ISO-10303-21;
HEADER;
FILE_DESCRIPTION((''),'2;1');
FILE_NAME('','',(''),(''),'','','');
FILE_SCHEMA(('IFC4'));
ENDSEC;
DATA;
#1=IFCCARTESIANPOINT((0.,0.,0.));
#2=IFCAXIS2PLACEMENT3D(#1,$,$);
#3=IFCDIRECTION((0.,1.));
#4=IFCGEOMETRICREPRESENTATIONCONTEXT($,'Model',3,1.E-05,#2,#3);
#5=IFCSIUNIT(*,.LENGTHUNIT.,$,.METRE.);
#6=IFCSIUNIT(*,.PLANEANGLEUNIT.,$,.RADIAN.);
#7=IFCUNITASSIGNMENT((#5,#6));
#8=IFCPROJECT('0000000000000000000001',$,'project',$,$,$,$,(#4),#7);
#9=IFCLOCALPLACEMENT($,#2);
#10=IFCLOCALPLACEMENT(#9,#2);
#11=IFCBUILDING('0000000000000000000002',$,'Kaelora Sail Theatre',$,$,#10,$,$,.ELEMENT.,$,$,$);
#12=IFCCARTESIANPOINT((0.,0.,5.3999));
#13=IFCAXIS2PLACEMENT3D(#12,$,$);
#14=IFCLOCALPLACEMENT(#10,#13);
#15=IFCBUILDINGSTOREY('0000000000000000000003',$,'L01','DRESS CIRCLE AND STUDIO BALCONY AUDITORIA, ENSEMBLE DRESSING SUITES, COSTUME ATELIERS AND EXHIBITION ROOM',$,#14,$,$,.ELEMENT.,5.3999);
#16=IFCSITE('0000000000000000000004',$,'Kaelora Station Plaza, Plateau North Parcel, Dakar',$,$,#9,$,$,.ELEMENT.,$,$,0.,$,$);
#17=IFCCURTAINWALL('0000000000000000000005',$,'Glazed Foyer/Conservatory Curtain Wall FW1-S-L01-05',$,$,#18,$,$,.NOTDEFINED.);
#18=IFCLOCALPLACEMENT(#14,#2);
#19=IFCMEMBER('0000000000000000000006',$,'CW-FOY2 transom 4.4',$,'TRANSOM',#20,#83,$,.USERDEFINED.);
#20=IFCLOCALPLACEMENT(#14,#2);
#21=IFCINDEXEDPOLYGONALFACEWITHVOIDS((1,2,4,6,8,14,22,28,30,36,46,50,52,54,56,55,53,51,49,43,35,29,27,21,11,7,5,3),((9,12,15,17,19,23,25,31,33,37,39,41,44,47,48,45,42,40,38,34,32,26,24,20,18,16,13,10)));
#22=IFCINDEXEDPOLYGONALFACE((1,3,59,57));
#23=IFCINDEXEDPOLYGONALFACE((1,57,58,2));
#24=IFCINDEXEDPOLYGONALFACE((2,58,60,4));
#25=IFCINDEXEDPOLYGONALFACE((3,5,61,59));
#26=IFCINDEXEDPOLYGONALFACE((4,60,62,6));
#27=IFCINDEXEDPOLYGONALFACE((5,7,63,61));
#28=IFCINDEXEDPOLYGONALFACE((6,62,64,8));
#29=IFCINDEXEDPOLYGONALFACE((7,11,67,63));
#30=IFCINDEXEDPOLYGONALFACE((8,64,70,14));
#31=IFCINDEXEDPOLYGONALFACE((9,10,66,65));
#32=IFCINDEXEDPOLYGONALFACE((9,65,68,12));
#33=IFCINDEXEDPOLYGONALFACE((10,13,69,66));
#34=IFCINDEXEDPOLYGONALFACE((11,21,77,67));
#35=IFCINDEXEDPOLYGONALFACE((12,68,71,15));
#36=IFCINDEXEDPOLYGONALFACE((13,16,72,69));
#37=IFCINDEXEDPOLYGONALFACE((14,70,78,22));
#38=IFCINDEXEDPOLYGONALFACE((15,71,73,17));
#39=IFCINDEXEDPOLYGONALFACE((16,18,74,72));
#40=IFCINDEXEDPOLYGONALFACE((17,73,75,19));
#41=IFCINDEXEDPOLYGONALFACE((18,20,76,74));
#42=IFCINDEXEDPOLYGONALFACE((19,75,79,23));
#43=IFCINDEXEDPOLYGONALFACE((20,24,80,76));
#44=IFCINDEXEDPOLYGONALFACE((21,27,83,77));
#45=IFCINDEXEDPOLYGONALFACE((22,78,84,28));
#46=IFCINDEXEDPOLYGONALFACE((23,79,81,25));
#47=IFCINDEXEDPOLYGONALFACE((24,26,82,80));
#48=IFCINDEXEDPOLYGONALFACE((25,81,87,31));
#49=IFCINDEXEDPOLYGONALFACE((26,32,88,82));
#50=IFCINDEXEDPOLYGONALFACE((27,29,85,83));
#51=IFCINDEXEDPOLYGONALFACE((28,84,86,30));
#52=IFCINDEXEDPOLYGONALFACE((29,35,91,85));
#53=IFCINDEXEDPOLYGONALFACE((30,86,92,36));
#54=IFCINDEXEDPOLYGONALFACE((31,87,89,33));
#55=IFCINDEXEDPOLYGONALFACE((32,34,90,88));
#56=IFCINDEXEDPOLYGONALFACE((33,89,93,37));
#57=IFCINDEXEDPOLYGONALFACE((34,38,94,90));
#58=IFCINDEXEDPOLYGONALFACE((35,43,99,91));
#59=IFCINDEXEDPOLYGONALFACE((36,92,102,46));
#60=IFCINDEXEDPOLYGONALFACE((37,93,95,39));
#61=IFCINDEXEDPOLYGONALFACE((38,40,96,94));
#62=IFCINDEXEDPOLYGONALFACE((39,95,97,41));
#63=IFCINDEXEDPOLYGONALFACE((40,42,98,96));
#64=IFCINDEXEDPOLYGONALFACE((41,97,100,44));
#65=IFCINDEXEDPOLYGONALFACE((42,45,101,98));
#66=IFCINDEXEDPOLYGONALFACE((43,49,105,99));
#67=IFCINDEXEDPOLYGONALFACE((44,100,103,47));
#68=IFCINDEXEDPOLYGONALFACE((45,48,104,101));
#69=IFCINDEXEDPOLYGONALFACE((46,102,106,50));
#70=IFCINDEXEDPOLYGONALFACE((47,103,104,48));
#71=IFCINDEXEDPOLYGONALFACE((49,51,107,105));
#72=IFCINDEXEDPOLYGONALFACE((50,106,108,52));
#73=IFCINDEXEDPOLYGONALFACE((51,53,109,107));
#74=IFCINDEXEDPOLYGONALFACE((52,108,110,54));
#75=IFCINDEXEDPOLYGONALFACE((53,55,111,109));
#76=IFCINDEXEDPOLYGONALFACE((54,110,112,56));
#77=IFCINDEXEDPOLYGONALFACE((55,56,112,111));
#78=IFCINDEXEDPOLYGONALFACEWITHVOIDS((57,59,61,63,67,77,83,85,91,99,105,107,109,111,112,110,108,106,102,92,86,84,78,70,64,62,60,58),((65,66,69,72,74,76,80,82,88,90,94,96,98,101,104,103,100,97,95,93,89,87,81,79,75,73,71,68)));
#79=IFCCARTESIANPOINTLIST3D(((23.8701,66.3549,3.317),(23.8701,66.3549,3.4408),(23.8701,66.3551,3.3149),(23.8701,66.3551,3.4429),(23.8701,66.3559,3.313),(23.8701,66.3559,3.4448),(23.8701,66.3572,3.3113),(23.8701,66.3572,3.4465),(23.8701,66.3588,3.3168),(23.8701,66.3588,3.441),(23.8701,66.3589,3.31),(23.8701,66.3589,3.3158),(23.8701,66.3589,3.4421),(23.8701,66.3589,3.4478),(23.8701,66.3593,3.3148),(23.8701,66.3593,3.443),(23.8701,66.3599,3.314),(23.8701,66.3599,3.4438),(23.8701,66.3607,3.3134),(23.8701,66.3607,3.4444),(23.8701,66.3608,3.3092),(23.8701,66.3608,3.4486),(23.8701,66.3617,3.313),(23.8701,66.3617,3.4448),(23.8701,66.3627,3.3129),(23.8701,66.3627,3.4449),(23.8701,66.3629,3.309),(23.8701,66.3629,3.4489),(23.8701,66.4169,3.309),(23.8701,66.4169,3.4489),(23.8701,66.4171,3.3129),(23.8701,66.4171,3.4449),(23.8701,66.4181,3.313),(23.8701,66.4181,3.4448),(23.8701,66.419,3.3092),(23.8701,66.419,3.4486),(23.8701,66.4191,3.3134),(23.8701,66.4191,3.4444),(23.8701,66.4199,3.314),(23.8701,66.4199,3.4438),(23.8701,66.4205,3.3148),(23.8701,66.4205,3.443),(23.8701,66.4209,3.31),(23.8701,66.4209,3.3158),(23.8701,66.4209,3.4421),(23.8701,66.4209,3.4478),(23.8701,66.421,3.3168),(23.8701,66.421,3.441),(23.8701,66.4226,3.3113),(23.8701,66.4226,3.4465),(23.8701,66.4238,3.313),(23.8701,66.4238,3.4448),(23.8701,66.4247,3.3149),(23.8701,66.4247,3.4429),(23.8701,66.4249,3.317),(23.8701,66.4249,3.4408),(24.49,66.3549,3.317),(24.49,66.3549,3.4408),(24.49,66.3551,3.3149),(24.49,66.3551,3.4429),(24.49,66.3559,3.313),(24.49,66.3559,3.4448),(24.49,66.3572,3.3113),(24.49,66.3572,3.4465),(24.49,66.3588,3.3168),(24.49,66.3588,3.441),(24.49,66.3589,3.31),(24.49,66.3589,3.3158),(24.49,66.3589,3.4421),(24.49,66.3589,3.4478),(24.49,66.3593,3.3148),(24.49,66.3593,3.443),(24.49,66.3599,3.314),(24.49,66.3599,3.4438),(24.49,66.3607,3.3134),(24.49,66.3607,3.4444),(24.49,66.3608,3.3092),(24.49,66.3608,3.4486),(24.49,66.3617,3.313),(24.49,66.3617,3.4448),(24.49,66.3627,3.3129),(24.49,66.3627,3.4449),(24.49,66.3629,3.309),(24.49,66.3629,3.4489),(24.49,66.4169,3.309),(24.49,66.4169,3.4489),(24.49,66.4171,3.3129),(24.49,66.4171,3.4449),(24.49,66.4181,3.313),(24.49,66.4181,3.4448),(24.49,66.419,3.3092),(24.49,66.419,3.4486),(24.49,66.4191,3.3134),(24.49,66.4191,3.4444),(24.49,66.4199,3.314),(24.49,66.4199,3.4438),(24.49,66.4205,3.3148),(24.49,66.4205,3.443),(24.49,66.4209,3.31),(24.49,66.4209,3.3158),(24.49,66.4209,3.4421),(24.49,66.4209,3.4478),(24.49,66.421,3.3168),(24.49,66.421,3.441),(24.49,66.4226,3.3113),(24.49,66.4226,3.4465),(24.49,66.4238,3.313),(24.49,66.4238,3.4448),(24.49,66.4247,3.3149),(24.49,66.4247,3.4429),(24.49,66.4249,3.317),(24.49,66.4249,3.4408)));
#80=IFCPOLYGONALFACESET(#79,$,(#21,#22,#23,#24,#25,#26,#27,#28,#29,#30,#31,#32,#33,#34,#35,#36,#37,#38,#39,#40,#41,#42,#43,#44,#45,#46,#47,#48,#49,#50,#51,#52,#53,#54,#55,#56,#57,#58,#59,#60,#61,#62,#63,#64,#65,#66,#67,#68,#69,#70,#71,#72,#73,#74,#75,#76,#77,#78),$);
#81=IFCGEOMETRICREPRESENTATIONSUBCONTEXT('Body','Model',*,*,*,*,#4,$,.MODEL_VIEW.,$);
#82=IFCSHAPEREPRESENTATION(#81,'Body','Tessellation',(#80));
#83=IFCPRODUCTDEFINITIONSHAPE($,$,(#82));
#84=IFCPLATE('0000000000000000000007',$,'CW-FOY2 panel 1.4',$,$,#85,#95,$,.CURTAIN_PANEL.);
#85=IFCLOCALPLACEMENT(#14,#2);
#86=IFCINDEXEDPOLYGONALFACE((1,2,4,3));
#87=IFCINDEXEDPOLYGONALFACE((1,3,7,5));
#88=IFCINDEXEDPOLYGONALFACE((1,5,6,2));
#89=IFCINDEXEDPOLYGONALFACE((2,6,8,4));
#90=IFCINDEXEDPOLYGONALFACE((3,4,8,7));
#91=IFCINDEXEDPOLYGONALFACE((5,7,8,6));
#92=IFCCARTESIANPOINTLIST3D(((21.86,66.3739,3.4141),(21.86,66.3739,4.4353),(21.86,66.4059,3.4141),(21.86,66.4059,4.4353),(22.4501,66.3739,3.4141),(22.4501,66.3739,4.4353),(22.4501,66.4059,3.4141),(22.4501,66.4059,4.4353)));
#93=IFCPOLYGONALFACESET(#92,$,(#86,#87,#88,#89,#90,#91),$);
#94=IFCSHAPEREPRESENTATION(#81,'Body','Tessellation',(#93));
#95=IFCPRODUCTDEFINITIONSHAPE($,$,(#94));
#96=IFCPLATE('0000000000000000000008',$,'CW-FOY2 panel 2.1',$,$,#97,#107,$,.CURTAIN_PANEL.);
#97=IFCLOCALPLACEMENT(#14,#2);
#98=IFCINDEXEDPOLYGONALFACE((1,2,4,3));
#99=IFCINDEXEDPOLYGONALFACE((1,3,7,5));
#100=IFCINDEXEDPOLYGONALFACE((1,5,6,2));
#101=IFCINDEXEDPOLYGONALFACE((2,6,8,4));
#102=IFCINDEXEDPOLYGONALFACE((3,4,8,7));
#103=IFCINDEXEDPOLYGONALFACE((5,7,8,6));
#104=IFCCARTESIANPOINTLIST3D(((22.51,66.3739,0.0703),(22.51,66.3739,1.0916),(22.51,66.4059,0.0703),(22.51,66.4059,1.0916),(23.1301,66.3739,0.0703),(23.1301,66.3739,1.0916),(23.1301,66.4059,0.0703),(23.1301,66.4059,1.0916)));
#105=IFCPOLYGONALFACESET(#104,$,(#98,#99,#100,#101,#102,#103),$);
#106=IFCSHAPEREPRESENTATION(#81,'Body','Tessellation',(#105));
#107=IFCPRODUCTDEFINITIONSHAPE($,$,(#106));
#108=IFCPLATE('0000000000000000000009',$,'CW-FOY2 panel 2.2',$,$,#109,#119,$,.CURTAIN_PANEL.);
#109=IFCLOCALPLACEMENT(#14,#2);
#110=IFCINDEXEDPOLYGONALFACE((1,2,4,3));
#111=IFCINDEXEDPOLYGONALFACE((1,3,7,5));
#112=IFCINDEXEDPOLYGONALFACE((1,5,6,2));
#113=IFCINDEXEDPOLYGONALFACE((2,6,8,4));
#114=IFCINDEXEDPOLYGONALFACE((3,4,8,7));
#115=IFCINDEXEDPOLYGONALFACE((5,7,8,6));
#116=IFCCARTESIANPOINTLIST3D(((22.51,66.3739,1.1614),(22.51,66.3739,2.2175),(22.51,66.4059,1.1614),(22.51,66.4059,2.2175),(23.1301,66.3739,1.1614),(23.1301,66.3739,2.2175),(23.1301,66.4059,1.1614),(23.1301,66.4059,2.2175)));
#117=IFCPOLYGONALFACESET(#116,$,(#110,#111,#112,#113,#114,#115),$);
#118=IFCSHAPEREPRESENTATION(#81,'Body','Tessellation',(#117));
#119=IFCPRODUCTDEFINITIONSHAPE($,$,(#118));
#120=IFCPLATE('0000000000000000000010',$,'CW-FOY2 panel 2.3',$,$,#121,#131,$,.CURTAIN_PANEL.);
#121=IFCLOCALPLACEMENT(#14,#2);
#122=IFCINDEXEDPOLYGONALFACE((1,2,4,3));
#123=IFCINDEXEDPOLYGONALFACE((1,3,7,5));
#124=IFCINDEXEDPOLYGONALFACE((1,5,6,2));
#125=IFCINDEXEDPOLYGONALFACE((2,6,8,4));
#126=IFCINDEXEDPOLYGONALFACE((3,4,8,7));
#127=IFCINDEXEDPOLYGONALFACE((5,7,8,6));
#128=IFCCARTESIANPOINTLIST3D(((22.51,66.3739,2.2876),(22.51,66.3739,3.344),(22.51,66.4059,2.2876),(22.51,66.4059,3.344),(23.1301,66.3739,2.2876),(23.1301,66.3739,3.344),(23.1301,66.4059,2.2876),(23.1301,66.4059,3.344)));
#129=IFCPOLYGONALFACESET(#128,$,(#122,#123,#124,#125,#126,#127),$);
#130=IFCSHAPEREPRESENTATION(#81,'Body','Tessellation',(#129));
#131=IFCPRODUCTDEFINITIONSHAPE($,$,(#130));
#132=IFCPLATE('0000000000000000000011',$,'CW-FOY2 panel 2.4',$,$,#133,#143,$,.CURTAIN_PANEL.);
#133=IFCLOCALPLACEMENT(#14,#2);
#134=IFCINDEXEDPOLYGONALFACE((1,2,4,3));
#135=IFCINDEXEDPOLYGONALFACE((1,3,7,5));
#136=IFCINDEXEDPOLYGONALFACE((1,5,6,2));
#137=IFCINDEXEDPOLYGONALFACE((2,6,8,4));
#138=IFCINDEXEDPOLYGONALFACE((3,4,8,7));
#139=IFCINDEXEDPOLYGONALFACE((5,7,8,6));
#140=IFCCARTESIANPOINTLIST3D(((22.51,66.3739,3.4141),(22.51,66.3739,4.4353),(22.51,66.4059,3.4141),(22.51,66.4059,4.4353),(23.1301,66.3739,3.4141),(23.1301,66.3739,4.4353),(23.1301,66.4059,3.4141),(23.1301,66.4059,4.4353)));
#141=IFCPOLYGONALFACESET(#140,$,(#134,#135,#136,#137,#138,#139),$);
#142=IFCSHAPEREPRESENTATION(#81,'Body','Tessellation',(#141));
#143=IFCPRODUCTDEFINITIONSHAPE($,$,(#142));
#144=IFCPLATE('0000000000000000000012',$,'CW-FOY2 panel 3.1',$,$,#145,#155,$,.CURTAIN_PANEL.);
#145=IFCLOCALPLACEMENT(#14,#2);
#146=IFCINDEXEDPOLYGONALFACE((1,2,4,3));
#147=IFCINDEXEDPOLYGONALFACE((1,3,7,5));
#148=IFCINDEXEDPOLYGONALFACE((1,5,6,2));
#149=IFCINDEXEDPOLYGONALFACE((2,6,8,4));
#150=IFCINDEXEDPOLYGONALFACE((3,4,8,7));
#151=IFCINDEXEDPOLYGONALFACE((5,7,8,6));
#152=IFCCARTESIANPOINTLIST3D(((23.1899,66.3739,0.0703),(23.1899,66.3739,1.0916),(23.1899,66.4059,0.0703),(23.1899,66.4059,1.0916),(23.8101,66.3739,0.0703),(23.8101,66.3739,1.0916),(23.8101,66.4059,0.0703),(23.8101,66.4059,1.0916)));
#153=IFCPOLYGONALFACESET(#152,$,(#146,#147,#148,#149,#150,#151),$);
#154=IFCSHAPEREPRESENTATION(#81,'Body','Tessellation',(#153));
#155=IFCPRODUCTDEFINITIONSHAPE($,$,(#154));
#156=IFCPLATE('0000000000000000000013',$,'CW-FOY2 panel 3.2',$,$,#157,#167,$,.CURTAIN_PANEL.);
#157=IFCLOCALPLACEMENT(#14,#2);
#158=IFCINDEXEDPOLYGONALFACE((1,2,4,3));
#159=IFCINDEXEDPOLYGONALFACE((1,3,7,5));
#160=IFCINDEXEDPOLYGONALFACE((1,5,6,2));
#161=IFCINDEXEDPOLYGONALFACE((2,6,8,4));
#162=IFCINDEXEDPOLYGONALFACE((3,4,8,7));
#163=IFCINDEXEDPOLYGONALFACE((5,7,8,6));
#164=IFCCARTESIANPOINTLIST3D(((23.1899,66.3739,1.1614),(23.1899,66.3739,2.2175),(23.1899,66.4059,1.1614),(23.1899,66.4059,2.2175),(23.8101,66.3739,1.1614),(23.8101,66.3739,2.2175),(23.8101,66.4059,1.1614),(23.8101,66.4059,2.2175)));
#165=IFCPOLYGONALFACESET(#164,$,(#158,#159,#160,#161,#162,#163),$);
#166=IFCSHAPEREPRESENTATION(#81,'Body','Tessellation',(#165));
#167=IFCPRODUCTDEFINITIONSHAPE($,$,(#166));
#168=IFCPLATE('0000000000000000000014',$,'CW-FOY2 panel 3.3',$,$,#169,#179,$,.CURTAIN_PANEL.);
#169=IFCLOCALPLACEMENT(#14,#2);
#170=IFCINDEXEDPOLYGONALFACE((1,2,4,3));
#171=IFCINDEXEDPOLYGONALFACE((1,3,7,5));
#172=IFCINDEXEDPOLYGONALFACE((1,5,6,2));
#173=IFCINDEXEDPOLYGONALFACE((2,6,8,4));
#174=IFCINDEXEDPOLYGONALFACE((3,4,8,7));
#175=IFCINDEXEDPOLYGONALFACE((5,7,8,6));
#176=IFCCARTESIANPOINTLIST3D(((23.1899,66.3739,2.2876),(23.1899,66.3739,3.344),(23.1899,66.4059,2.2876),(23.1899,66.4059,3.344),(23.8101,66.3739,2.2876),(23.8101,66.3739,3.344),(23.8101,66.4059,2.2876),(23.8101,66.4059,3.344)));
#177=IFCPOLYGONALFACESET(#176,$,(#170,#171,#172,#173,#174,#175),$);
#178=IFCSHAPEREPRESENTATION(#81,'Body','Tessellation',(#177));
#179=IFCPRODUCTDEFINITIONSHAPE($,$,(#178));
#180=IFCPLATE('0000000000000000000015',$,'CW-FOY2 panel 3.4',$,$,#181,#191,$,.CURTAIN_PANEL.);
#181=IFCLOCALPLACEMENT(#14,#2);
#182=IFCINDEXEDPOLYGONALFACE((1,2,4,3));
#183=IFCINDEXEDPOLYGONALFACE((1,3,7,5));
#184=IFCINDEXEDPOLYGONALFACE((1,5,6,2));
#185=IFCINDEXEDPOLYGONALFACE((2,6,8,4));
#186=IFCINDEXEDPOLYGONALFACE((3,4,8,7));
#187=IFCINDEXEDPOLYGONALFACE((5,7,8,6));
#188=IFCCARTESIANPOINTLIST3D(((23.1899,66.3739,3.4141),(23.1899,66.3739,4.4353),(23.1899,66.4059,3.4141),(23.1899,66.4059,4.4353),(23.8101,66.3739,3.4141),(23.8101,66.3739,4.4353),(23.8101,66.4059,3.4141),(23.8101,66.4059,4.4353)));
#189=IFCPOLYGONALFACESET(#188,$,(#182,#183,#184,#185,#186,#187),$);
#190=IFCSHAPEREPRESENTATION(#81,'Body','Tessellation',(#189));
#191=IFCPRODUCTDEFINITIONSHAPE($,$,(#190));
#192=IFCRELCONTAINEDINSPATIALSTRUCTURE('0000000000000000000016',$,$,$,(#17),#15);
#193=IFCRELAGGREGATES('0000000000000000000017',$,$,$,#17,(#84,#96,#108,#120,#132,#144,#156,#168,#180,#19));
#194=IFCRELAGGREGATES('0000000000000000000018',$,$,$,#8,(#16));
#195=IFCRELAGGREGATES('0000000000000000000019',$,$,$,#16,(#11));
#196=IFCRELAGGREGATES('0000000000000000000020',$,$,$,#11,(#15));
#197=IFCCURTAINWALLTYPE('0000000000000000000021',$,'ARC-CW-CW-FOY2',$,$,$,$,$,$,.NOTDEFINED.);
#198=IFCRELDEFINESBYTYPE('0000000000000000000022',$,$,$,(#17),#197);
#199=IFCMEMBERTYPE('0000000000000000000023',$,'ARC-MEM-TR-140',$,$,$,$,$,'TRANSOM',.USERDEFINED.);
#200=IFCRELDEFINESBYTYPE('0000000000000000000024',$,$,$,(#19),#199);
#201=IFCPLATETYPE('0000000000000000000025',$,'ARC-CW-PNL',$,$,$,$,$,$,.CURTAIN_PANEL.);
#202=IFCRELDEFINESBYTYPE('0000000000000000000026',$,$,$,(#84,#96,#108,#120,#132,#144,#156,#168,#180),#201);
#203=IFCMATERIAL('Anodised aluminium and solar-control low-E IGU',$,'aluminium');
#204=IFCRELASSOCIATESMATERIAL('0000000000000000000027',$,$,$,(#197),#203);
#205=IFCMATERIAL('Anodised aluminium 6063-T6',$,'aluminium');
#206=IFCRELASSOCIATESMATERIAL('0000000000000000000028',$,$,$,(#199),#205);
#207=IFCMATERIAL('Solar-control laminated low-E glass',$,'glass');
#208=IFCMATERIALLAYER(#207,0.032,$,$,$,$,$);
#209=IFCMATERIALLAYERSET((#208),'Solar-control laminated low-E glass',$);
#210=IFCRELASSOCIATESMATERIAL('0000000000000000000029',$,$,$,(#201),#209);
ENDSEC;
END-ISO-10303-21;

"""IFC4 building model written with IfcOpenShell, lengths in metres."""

from ifc_helpers import new_model, si_unit, direction, frame, origin, origin_2d, place, context, subcontext, project, spatial, rectangle, hollow_rectangle, extrude, material, layer, layer_set, material_profile, profile_set, type_object, element, aggregate, save


model = new_model("IFC4")

# Units and contexts
model_context = context("Model", 3, precision=1e-05, world=origin(), true_north=direction((0.0, 1.0)))
body_context = subcontext(model_context, "Body", "Model", "MODEL_VIEW")
ifc_project = project(units=[si_unit("LENGTHUNIT", "METRE"), si_unit("PLANEANGLEUNIT", "RADIAN")], contexts=[model_context])

# Site, building, storey
site_placement = place(None, origin())
site = spatial("IfcSite", under=ifc_project, at=site_placement, Name="Kaelora Station Plaza, Plateau North Parcel, Dakar", CompositionType="ELEMENT", RefElevation=0.0)
building_placement = place(site_placement, origin())
building = spatial("IfcBuilding", under=site, at=building_placement, Name="Kaelora Sail Theatre", CompositionType="ELEMENT")
storey_placement = place(building_placement, frame((0.0, 0.0, 5.3999)))
storey = spatial("IfcBuildingStorey", under=building, at=storey_placement, Name="L01", Description="DRESS CIRCLE AND STUDIO BALCONY AUDITORIA, ENSEMBLE DRESSING SUITES, COSTUME ATELIERS AND EXHIBITION ROOM", CompositionType="ELEMENT", Elevation=5.3999)

# Curtain wall, member, plates
ifc_material_1 = material(Name="Anodised aluminium and solar-control low-E IGU", Category="aluminium")
curtain_wall_type = type_object("IfcCurtainWallType", Name="ARC-CW-CW-FOY2", PredefinedType="NOTDEFINED", material=ifc_material_1)
curtain_wall_placement = place(storey_placement, origin())
curtain_wall = element("IfcCurtainWall", 1, at=curtain_wall_placement, inside=storey, type_object=curtain_wall_type, Name="Glazed Foyer/Conservatory Curtain Wall FW1-S-L01-05", PredefinedType="NOTDEFINED")
ifc_material_2 = material(Name="Anodised aluminium 6063-T6", Category="aluminium")
ifc_material_profile_1 = material_profile(ifc_material_2, hollow_rectangle(XDim=0.0701, YDim=0.1399, WallThickness=0.0039, InnerFilletRadius=0.0039, OuterFilletRadius=0.0081, at=origin_2d()), Name="ALU-TRAN 70x140x4")
ifc_profile_set_1 = profile_set([ifc_material_profile_1], Name="Anodised aluminium 6063-T6")
member_type_1 = type_object("IfcMemberType", Name="ARC-MEM-TR-140", ElementType="TRANSOM", PredefinedType="USERDEFINED", material=ifc_profile_set_1)
member_1_placement = place(storey_placement, frame((23.8701, 66.3899, 3.3789), z_axis=(1.0, 0.0, 0.0), x_axis=(0.0, 1.0, 0.0)))
member_1 = element("IfcMember", 2, at=member_1_placement, type_object=member_type_1, Name="CW-FOY2 transom 4.4", ObjectType="TRANSOM", PredefinedType="USERDEFINED", context=body_context, shape_type="SweptSolid", body=[
    extrude(hollow_rectangle(XDim=0.0701, YDim=0.1399, WallThickness=0.0039, InnerFilletRadius=0.0039, OuterFilletRadius=0.0081, at=origin_2d()), origin(), (0.0, 0.0, 1.0), 0.6199),
])
ifc_material_3 = material(Name="Solar-control laminated low-E glass", Category="glass")
ifc_layer = layer(ifc_material_3, 0.032)
ifc_layer_set = layer_set([ifc_layer], Name="Solar-control laminated low-E glass")
plate_type = type_object("IfcPlateType", Name="ARC-CW-PNL", PredefinedType="CURTAIN_PANEL", material=ifc_layer_set)
plate_1_placement = place(storey_placement, frame((22.155, 66.3899, 3.4141), z_axis=(0.0, 0.0, 1.0), x_axis=(1.0, 0.0, 0.0)))
plate_1 = element("IfcPlate", 3, at=plate_1_placement, type_object=plate_type, Name="CW-FOY2 panel 1.4", PredefinedType="CURTAIN_PANEL", context=body_context, shape_type="SweptSolid", body=[
    extrude(rectangle(XDim=0.5901, YDim=0.032, at=origin_2d()), origin(), (0.0, 0.0, 1.0), 1.0212),
])
plate_2_placement = place(storey_placement, frame((22.8201, 66.3899, 0.0703), z_axis=(0.0, 0.0, 1.0), x_axis=(1.0, 0.0, 0.0)))
plate_2 = element("IfcPlate", 4, at=plate_2_placement, type_object=plate_type, Name="CW-FOY2 panel 2.1", PredefinedType="CURTAIN_PANEL", context=body_context, shape_type="SweptSolid", body=[
    extrude(rectangle(XDim=0.6201, YDim=0.032, at=origin_2d()), origin(), (0.0, 0.0, 1.0), 1.0212),
])
plate_3_placement = place(storey_placement, frame((22.8201, 66.3899, 1.1614), z_axis=(0.0, 0.0, 1.0), x_axis=(1.0, 0.0, 0.0)))
plate_3 = element("IfcPlate", 5, at=plate_3_placement, type_object=plate_type, Name="CW-FOY2 panel 2.2", PredefinedType="CURTAIN_PANEL", context=body_context, shape_type="SweptSolid", body=[
    extrude(rectangle(XDim=0.6201, YDim=0.032, at=origin_2d()), origin(), (0.0, 0.0, 1.0), 1.0562),
])
plate_4_placement = place(storey_placement, frame((22.8201, 66.3899, 2.2876), z_axis=(0.0, 0.0, 1.0), x_axis=(1.0, 0.0, 0.0)))
plate_4 = element("IfcPlate", 6, at=plate_4_placement, type_object=plate_type, Name="CW-FOY2 panel 2.3", PredefinedType="CURTAIN_PANEL", context=body_context, shape_type="SweptSolid", body=[
    extrude(rectangle(XDim=0.6201, YDim=0.032, at=origin_2d()), origin(), (0.0, 0.0, 1.0), 1.0564),
])
plate_5_placement = place(storey_placement, frame((22.8201, 66.3899, 3.4141), z_axis=(0.0, 0.0, 1.0), x_axis=(1.0, 0.0, 0.0)))
plate_5 = element("IfcPlate", 7, at=plate_5_placement, type_object=plate_type, Name="CW-FOY2 panel 2.4", PredefinedType="CURTAIN_PANEL", context=body_context, shape_type="SweptSolid", body=[
    extrude(rectangle(XDim=0.6201, YDim=0.032, at=origin_2d()), origin(), (0.0, 0.0, 1.0), 1.0212),
])
plate_6_placement = place(storey_placement, frame((23.5, 66.3899, 0.0703), z_axis=(0.0, 0.0, 1.0), x_axis=(1.0, 0.0, 0.0)))
plate_6 = element("IfcPlate", 8, at=plate_6_placement, type_object=plate_type, Name="CW-FOY2 panel 3.1", PredefinedType="CURTAIN_PANEL", context=body_context, shape_type="SweptSolid", body=[
    extrude(rectangle(XDim=0.6201, YDim=0.032, at=origin_2d()), origin(), (0.0, 0.0, 1.0), 1.0212),
])
plate_7_placement = place(storey_placement, frame((23.5, 66.3899, 1.1614), z_axis=(0.0, 0.0, 1.0), x_axis=(1.0, 0.0, 0.0)))
plate_7 = element("IfcPlate", 9, at=plate_7_placement, type_object=plate_type, Name="CW-FOY2 panel 3.2", PredefinedType="CURTAIN_PANEL", context=body_context, shape_type="SweptSolid", body=[
    extrude(rectangle(XDim=0.6201, YDim=0.032, at=origin_2d()), origin(), (0.0, 0.0, 1.0), 1.0562),
])
plate_8_placement = place(storey_placement, frame((23.5, 66.3899, 2.2876), z_axis=(0.0, 0.0, 1.0), x_axis=(1.0, 0.0, 0.0)))
plate_8 = element("IfcPlate", 10, at=plate_8_placement, type_object=plate_type, Name="CW-FOY2 panel 3.3", PredefinedType="CURTAIN_PANEL", context=body_context, shape_type="SweptSolid", body=[
    extrude(rectangle(XDim=0.6201, YDim=0.032, at=origin_2d()), origin(), (0.0, 0.0, 1.0), 1.0564),
])
plate_9_placement = place(storey_placement, frame((23.5, 66.3899, 3.4141), z_axis=(0.0, 0.0, 1.0), x_axis=(1.0, 0.0, 0.0)))
plate_9 = element("IfcPlate", 11, at=plate_9_placement, type_object=plate_type, Name="CW-FOY2 panel 3.4", PredefinedType="CURTAIN_PANEL", context=body_context, shape_type="SweptSolid", body=[
    extrude(rectangle(XDim=0.6201, YDim=0.032, at=origin_2d()), origin(), (0.0, 0.0, 1.0), 1.0212),
])
aggregate(curtain_wall, [plate_1, plate_2, plate_3, plate_4, plate_5, plate_6, plate_7, plate_8, plate_9, member_1])

save(model, "model.ifc")
